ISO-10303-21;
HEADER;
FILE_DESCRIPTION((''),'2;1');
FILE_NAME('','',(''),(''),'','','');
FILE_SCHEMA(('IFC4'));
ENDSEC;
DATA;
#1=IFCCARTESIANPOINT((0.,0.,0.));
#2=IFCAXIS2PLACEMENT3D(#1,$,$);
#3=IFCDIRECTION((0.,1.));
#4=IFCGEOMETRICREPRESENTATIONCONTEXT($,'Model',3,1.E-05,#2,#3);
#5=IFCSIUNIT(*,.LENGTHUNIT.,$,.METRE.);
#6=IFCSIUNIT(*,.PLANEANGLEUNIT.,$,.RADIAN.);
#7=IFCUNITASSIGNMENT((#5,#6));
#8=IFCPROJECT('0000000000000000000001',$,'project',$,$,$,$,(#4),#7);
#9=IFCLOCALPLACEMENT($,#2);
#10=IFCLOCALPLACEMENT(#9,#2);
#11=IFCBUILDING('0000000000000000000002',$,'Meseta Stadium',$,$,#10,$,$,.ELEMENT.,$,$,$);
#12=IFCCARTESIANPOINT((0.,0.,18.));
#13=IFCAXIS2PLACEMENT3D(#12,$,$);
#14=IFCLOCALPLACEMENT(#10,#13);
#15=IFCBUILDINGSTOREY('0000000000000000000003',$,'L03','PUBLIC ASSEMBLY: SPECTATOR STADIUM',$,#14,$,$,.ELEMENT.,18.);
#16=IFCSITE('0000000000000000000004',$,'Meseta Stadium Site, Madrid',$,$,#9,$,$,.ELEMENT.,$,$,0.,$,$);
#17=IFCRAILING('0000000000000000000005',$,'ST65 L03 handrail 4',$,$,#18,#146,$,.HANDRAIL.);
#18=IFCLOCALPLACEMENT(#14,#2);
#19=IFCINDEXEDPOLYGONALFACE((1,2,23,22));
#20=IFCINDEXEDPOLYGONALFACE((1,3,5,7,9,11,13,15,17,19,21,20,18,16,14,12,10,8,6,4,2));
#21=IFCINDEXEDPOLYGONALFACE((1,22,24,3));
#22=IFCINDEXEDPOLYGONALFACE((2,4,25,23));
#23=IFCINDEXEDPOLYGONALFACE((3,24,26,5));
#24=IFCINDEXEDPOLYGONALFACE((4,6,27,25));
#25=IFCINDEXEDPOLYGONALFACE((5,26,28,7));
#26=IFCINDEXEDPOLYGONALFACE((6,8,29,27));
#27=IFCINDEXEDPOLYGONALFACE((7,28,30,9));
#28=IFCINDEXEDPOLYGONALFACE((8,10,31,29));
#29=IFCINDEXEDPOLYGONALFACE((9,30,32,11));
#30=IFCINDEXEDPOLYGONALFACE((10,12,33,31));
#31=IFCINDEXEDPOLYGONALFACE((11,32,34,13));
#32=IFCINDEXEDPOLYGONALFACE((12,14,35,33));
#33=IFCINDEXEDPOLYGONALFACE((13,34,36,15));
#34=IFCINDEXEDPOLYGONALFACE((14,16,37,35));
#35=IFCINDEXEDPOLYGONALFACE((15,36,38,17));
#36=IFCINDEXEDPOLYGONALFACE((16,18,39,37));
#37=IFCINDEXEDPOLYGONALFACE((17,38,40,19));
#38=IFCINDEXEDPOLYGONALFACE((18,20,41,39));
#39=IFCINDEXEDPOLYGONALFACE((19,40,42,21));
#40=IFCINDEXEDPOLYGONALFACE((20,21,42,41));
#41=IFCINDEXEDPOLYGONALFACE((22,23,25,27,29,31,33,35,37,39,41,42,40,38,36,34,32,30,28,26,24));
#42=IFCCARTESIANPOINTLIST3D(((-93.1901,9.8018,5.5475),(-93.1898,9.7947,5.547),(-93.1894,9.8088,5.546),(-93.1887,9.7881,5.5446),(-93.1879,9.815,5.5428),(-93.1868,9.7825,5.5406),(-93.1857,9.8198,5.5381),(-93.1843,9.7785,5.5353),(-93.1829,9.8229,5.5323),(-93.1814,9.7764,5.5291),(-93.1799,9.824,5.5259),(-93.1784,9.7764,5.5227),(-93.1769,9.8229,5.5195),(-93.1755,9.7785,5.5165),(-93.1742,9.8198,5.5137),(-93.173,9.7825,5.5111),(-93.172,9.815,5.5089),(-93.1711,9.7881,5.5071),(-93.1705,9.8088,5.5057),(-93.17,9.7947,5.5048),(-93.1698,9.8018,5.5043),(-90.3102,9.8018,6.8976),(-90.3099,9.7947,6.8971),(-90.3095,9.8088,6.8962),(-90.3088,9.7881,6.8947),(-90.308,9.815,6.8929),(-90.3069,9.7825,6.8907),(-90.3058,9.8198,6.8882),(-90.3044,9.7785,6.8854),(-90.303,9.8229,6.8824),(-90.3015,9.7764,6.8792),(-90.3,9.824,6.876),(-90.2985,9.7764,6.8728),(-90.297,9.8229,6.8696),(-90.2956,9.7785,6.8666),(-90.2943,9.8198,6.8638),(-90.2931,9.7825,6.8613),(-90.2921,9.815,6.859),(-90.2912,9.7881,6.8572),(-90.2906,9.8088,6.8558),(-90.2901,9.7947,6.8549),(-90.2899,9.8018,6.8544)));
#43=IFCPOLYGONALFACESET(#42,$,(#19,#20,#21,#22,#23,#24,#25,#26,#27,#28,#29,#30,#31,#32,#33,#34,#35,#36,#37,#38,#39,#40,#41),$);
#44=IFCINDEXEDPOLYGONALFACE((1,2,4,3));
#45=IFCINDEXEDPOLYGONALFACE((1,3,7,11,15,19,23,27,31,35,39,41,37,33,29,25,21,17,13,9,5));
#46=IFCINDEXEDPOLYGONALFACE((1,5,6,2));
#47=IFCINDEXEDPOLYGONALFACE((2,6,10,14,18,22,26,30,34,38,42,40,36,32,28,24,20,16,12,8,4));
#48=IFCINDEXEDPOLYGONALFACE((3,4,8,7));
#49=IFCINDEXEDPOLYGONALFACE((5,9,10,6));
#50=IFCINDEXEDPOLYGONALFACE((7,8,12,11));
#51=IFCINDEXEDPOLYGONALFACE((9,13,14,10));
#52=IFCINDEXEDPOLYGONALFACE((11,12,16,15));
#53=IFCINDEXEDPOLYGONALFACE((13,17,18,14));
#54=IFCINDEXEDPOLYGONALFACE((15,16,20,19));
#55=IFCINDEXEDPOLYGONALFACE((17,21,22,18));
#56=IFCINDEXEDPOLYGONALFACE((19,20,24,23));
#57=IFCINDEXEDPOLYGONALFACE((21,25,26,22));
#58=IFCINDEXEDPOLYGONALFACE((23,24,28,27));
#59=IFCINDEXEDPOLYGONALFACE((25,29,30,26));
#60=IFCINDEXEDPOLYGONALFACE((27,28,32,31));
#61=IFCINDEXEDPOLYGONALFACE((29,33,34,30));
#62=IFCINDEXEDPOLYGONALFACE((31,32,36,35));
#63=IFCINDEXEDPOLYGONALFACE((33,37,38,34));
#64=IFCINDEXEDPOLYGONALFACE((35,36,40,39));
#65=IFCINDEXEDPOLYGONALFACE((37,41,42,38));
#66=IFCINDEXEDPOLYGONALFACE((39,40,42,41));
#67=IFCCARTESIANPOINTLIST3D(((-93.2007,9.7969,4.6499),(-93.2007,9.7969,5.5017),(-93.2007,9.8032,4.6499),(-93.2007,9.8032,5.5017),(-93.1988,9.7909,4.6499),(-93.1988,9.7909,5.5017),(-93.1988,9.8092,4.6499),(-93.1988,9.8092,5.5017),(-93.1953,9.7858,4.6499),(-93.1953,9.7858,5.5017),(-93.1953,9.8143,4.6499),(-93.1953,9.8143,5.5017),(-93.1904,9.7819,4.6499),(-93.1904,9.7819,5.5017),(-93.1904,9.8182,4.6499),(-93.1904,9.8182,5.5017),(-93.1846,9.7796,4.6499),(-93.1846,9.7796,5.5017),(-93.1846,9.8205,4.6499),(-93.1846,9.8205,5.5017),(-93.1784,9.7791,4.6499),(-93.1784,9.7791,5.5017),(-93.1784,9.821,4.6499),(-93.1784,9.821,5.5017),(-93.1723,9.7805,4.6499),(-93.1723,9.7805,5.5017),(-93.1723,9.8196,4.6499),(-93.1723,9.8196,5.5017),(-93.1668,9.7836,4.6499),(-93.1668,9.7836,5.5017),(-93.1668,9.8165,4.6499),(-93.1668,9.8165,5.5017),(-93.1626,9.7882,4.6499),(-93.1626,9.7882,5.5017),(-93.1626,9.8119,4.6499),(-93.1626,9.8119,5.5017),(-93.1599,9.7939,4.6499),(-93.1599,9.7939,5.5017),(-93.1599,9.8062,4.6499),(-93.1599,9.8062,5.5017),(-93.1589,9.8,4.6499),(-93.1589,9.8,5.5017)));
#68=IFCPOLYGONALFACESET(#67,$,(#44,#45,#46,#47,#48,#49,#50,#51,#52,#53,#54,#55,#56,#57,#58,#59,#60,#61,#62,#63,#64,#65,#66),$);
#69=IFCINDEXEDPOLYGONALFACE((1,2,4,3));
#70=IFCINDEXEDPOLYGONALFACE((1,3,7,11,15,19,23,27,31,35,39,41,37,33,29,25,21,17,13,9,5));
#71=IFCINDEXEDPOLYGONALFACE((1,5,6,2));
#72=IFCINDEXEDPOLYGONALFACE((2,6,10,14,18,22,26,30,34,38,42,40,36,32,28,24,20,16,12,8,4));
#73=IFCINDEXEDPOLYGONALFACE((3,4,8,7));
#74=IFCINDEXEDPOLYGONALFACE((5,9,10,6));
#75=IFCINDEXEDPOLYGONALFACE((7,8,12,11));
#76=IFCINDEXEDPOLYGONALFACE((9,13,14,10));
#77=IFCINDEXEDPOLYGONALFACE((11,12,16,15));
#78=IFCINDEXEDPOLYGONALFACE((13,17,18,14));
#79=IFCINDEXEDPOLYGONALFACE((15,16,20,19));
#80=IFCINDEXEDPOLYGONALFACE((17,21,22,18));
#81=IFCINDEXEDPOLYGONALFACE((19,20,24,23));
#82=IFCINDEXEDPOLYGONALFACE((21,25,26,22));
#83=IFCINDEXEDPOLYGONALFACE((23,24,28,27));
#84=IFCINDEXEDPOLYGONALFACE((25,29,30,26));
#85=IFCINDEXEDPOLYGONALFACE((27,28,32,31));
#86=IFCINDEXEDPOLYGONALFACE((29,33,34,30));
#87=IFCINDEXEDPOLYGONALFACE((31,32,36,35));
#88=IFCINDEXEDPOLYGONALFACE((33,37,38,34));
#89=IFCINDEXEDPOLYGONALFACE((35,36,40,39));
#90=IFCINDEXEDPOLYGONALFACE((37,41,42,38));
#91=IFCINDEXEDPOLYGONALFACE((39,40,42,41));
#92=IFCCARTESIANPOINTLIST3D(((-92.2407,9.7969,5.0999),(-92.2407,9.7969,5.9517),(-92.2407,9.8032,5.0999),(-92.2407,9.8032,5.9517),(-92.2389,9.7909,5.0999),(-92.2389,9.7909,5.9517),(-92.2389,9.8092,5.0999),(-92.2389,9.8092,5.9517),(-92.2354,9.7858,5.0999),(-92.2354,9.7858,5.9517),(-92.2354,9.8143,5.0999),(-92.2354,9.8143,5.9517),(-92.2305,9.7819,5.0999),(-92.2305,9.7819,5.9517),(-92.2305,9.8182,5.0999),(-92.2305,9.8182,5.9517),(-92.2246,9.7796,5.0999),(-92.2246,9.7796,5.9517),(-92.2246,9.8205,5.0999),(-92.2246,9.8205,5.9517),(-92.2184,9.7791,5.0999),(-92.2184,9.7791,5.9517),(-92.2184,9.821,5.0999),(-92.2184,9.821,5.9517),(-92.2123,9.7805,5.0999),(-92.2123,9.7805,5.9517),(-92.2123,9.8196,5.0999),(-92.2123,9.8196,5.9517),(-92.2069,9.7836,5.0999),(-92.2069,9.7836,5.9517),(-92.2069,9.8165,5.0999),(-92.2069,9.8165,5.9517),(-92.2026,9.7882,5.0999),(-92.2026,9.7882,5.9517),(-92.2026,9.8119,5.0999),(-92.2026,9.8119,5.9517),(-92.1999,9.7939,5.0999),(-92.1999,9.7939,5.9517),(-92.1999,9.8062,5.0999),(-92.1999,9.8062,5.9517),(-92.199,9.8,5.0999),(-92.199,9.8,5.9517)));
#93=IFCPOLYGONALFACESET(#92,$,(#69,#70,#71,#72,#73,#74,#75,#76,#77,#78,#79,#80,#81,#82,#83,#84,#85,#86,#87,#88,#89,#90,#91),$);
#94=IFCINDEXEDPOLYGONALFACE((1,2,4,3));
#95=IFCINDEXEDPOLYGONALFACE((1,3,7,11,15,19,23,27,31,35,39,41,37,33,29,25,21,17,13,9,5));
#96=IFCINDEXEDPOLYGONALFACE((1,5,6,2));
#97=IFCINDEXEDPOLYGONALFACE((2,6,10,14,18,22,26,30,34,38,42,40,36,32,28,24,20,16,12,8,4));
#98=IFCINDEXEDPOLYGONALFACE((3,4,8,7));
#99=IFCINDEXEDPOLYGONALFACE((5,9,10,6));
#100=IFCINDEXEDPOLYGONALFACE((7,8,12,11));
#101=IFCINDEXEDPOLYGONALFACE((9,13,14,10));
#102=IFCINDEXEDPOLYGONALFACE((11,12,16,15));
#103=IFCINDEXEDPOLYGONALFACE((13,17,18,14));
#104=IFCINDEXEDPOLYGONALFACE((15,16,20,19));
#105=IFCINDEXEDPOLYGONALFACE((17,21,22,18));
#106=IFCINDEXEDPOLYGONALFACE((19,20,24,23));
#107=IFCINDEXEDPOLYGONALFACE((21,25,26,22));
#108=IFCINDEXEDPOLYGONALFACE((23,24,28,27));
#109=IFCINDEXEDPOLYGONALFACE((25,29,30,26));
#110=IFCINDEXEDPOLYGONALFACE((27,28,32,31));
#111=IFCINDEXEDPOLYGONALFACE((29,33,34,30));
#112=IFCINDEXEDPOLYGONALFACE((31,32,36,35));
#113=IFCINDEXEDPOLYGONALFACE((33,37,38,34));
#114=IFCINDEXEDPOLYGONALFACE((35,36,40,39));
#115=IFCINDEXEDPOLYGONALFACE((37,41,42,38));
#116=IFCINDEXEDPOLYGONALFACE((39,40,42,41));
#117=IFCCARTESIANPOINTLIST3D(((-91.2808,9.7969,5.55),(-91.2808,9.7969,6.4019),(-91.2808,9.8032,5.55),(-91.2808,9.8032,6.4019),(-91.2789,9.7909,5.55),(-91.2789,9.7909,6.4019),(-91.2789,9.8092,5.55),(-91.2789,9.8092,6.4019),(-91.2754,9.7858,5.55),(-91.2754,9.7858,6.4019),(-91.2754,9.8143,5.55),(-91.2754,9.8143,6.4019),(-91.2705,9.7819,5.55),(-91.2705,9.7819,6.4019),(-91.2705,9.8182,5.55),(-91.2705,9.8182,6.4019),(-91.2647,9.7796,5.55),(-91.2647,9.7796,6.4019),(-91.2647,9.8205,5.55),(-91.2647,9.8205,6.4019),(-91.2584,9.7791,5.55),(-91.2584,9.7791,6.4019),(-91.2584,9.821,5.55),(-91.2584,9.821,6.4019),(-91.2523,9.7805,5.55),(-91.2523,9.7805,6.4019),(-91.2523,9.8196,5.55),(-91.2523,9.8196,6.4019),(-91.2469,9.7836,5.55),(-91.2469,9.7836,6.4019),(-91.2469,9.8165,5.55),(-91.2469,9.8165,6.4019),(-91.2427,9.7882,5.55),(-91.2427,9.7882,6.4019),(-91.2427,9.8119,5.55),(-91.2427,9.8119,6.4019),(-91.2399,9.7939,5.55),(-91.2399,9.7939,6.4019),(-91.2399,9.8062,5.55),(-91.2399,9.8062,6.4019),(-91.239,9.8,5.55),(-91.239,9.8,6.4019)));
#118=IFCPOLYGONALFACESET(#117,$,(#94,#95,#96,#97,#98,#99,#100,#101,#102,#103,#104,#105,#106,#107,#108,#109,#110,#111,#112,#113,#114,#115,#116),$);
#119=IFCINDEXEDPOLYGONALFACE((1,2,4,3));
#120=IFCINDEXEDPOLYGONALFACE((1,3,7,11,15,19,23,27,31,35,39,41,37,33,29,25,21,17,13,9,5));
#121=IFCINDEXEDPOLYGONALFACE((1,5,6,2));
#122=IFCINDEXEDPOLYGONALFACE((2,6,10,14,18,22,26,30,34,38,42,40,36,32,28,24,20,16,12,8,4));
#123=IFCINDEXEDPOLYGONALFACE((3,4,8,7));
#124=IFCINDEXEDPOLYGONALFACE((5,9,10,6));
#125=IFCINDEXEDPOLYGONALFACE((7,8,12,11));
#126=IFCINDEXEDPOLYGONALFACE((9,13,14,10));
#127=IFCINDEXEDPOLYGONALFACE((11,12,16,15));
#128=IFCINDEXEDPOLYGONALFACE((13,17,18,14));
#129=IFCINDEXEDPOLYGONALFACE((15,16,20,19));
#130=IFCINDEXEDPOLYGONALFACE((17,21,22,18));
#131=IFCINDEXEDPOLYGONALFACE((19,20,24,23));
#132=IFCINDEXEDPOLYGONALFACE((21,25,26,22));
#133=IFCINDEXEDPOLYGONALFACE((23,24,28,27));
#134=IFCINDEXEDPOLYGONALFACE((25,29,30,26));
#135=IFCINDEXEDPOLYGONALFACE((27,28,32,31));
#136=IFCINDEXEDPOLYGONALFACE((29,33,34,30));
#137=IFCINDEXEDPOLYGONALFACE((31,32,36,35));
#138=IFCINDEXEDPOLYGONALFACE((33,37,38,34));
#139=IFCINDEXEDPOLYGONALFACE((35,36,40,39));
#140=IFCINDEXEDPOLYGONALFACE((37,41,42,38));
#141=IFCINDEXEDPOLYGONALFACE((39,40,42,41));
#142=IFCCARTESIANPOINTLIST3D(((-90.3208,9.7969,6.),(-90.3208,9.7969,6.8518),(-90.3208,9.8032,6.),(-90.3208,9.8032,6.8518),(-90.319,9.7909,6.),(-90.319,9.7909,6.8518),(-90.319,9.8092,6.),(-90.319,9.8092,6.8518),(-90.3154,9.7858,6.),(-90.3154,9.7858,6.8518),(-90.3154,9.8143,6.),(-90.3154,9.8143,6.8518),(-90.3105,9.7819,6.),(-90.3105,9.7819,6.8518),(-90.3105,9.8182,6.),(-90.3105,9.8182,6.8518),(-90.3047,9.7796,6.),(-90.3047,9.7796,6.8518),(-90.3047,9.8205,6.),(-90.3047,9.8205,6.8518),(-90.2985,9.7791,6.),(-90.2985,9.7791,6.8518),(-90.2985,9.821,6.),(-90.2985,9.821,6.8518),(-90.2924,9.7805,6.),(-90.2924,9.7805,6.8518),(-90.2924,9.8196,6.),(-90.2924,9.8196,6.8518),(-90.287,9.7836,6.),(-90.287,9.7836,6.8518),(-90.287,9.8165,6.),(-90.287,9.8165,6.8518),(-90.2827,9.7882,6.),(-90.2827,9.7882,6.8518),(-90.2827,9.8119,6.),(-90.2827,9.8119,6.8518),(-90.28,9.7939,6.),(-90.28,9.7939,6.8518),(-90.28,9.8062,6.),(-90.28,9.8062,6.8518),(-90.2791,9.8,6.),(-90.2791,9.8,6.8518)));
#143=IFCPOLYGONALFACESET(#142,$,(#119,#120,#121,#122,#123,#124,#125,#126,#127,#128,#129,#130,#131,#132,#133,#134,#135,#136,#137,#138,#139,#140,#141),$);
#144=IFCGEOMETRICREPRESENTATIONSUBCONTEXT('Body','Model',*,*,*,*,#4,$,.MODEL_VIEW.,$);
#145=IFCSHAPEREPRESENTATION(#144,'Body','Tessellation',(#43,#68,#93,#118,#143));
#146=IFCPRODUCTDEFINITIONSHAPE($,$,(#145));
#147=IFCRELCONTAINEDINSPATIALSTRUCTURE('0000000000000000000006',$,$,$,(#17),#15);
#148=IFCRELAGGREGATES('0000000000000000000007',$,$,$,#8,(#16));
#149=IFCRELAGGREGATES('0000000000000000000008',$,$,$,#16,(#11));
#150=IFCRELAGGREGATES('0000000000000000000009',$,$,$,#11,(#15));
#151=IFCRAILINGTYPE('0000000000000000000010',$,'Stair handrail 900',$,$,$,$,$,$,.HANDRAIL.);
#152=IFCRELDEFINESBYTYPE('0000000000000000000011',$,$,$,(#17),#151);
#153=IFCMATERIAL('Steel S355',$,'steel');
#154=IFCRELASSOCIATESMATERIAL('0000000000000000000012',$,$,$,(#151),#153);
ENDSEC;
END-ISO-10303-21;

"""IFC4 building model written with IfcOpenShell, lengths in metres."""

from ifc_helpers import new_model, si_unit, direction, frame, origin, origin_2d, place, context, subcontext, project, spatial, circle, extrude, material, type_object, element, save


model = new_model("IFC4")

# Units and contexts
model_context = context("Model", 3, precision=1e-05, world=origin(), true_north=direction((0.0, 1.0)))
body_context = subcontext(model_context, "Body", "Model", "MODEL_VIEW")
ifc_project = project(units=[si_unit("LENGTHUNIT", "METRE"), si_unit("PLANEANGLEUNIT", "RADIAN")], contexts=[model_context])

# Site, building, storey
site_placement = place(None, origin())
site = spatial("IfcSite", under=ifc_project, at=site_placement, Name="Meseta Stadium Site, Madrid", CompositionType="ELEMENT", RefElevation=0.0)
building_placement = place(site_placement, origin())
building = spatial("IfcBuilding", under=site, at=building_placement, Name="Meseta Stadium", CompositionType="ELEMENT")
storey_placement = place(building_placement, frame((0.0, 0.0, 18.0)))
storey = spatial("IfcBuildingStorey", under=building, at=storey_placement, Name="L03", Description="PUBLIC ASSEMBLY: SPECTATOR STADIUM", CompositionType="ELEMENT", Elevation=18.0)

# Railing
ifc_material_1 = material(Name="Steel S355", Category="steel")
railing_type_1 = type_object("IfcRailingType", Name="Stair handrail 900", PredefinedType="HANDRAIL", material=ifc_material_1)
for number, where, name in (
    (1, (-93.1799, 9.8, 4.6499), "ST65 L03 handrail 4"),
):
    element("IfcRailing", number, at=place(storey_placement, frame(where)), inside=storey, type_object=railing_type_1, Name=name, PredefinedType="HANDRAIL", context=body_context, shape_type="SweptSolid", body=[
        extrude(circle(Radius=0.0239, at=origin_2d()), frame((0.0, 0.0, 0.876), z_axis=(0.90544, 0.0, 0.424473), x_axis=(0.0, 1.0, 0.0)), (0.0, 0.0, 1.0), 3.1807),
        extrude(circle(Radius=0.021, at=origin_2d()), origin(), (0.0, 0.0, 1.0), 0.8518),
        extrude(circle(Radius=0.021, at=origin_2d()), frame((0.96, 0.0, 0.45)), (0.0, 0.0, 1.0), 0.8518),
        extrude(circle(Radius=0.021, at=origin_2d()), frame((1.9199, 0.0, 0.9001)), (0.0, 0.0, 1.0), 0.8518),
        extrude(circle(Radius=0.021, at=origin_2d()), frame((2.8799, 0.0, 1.3501)), (0.0, 0.0, 1.0), 0.8518),
    ])

save(model, "model.ifc")
